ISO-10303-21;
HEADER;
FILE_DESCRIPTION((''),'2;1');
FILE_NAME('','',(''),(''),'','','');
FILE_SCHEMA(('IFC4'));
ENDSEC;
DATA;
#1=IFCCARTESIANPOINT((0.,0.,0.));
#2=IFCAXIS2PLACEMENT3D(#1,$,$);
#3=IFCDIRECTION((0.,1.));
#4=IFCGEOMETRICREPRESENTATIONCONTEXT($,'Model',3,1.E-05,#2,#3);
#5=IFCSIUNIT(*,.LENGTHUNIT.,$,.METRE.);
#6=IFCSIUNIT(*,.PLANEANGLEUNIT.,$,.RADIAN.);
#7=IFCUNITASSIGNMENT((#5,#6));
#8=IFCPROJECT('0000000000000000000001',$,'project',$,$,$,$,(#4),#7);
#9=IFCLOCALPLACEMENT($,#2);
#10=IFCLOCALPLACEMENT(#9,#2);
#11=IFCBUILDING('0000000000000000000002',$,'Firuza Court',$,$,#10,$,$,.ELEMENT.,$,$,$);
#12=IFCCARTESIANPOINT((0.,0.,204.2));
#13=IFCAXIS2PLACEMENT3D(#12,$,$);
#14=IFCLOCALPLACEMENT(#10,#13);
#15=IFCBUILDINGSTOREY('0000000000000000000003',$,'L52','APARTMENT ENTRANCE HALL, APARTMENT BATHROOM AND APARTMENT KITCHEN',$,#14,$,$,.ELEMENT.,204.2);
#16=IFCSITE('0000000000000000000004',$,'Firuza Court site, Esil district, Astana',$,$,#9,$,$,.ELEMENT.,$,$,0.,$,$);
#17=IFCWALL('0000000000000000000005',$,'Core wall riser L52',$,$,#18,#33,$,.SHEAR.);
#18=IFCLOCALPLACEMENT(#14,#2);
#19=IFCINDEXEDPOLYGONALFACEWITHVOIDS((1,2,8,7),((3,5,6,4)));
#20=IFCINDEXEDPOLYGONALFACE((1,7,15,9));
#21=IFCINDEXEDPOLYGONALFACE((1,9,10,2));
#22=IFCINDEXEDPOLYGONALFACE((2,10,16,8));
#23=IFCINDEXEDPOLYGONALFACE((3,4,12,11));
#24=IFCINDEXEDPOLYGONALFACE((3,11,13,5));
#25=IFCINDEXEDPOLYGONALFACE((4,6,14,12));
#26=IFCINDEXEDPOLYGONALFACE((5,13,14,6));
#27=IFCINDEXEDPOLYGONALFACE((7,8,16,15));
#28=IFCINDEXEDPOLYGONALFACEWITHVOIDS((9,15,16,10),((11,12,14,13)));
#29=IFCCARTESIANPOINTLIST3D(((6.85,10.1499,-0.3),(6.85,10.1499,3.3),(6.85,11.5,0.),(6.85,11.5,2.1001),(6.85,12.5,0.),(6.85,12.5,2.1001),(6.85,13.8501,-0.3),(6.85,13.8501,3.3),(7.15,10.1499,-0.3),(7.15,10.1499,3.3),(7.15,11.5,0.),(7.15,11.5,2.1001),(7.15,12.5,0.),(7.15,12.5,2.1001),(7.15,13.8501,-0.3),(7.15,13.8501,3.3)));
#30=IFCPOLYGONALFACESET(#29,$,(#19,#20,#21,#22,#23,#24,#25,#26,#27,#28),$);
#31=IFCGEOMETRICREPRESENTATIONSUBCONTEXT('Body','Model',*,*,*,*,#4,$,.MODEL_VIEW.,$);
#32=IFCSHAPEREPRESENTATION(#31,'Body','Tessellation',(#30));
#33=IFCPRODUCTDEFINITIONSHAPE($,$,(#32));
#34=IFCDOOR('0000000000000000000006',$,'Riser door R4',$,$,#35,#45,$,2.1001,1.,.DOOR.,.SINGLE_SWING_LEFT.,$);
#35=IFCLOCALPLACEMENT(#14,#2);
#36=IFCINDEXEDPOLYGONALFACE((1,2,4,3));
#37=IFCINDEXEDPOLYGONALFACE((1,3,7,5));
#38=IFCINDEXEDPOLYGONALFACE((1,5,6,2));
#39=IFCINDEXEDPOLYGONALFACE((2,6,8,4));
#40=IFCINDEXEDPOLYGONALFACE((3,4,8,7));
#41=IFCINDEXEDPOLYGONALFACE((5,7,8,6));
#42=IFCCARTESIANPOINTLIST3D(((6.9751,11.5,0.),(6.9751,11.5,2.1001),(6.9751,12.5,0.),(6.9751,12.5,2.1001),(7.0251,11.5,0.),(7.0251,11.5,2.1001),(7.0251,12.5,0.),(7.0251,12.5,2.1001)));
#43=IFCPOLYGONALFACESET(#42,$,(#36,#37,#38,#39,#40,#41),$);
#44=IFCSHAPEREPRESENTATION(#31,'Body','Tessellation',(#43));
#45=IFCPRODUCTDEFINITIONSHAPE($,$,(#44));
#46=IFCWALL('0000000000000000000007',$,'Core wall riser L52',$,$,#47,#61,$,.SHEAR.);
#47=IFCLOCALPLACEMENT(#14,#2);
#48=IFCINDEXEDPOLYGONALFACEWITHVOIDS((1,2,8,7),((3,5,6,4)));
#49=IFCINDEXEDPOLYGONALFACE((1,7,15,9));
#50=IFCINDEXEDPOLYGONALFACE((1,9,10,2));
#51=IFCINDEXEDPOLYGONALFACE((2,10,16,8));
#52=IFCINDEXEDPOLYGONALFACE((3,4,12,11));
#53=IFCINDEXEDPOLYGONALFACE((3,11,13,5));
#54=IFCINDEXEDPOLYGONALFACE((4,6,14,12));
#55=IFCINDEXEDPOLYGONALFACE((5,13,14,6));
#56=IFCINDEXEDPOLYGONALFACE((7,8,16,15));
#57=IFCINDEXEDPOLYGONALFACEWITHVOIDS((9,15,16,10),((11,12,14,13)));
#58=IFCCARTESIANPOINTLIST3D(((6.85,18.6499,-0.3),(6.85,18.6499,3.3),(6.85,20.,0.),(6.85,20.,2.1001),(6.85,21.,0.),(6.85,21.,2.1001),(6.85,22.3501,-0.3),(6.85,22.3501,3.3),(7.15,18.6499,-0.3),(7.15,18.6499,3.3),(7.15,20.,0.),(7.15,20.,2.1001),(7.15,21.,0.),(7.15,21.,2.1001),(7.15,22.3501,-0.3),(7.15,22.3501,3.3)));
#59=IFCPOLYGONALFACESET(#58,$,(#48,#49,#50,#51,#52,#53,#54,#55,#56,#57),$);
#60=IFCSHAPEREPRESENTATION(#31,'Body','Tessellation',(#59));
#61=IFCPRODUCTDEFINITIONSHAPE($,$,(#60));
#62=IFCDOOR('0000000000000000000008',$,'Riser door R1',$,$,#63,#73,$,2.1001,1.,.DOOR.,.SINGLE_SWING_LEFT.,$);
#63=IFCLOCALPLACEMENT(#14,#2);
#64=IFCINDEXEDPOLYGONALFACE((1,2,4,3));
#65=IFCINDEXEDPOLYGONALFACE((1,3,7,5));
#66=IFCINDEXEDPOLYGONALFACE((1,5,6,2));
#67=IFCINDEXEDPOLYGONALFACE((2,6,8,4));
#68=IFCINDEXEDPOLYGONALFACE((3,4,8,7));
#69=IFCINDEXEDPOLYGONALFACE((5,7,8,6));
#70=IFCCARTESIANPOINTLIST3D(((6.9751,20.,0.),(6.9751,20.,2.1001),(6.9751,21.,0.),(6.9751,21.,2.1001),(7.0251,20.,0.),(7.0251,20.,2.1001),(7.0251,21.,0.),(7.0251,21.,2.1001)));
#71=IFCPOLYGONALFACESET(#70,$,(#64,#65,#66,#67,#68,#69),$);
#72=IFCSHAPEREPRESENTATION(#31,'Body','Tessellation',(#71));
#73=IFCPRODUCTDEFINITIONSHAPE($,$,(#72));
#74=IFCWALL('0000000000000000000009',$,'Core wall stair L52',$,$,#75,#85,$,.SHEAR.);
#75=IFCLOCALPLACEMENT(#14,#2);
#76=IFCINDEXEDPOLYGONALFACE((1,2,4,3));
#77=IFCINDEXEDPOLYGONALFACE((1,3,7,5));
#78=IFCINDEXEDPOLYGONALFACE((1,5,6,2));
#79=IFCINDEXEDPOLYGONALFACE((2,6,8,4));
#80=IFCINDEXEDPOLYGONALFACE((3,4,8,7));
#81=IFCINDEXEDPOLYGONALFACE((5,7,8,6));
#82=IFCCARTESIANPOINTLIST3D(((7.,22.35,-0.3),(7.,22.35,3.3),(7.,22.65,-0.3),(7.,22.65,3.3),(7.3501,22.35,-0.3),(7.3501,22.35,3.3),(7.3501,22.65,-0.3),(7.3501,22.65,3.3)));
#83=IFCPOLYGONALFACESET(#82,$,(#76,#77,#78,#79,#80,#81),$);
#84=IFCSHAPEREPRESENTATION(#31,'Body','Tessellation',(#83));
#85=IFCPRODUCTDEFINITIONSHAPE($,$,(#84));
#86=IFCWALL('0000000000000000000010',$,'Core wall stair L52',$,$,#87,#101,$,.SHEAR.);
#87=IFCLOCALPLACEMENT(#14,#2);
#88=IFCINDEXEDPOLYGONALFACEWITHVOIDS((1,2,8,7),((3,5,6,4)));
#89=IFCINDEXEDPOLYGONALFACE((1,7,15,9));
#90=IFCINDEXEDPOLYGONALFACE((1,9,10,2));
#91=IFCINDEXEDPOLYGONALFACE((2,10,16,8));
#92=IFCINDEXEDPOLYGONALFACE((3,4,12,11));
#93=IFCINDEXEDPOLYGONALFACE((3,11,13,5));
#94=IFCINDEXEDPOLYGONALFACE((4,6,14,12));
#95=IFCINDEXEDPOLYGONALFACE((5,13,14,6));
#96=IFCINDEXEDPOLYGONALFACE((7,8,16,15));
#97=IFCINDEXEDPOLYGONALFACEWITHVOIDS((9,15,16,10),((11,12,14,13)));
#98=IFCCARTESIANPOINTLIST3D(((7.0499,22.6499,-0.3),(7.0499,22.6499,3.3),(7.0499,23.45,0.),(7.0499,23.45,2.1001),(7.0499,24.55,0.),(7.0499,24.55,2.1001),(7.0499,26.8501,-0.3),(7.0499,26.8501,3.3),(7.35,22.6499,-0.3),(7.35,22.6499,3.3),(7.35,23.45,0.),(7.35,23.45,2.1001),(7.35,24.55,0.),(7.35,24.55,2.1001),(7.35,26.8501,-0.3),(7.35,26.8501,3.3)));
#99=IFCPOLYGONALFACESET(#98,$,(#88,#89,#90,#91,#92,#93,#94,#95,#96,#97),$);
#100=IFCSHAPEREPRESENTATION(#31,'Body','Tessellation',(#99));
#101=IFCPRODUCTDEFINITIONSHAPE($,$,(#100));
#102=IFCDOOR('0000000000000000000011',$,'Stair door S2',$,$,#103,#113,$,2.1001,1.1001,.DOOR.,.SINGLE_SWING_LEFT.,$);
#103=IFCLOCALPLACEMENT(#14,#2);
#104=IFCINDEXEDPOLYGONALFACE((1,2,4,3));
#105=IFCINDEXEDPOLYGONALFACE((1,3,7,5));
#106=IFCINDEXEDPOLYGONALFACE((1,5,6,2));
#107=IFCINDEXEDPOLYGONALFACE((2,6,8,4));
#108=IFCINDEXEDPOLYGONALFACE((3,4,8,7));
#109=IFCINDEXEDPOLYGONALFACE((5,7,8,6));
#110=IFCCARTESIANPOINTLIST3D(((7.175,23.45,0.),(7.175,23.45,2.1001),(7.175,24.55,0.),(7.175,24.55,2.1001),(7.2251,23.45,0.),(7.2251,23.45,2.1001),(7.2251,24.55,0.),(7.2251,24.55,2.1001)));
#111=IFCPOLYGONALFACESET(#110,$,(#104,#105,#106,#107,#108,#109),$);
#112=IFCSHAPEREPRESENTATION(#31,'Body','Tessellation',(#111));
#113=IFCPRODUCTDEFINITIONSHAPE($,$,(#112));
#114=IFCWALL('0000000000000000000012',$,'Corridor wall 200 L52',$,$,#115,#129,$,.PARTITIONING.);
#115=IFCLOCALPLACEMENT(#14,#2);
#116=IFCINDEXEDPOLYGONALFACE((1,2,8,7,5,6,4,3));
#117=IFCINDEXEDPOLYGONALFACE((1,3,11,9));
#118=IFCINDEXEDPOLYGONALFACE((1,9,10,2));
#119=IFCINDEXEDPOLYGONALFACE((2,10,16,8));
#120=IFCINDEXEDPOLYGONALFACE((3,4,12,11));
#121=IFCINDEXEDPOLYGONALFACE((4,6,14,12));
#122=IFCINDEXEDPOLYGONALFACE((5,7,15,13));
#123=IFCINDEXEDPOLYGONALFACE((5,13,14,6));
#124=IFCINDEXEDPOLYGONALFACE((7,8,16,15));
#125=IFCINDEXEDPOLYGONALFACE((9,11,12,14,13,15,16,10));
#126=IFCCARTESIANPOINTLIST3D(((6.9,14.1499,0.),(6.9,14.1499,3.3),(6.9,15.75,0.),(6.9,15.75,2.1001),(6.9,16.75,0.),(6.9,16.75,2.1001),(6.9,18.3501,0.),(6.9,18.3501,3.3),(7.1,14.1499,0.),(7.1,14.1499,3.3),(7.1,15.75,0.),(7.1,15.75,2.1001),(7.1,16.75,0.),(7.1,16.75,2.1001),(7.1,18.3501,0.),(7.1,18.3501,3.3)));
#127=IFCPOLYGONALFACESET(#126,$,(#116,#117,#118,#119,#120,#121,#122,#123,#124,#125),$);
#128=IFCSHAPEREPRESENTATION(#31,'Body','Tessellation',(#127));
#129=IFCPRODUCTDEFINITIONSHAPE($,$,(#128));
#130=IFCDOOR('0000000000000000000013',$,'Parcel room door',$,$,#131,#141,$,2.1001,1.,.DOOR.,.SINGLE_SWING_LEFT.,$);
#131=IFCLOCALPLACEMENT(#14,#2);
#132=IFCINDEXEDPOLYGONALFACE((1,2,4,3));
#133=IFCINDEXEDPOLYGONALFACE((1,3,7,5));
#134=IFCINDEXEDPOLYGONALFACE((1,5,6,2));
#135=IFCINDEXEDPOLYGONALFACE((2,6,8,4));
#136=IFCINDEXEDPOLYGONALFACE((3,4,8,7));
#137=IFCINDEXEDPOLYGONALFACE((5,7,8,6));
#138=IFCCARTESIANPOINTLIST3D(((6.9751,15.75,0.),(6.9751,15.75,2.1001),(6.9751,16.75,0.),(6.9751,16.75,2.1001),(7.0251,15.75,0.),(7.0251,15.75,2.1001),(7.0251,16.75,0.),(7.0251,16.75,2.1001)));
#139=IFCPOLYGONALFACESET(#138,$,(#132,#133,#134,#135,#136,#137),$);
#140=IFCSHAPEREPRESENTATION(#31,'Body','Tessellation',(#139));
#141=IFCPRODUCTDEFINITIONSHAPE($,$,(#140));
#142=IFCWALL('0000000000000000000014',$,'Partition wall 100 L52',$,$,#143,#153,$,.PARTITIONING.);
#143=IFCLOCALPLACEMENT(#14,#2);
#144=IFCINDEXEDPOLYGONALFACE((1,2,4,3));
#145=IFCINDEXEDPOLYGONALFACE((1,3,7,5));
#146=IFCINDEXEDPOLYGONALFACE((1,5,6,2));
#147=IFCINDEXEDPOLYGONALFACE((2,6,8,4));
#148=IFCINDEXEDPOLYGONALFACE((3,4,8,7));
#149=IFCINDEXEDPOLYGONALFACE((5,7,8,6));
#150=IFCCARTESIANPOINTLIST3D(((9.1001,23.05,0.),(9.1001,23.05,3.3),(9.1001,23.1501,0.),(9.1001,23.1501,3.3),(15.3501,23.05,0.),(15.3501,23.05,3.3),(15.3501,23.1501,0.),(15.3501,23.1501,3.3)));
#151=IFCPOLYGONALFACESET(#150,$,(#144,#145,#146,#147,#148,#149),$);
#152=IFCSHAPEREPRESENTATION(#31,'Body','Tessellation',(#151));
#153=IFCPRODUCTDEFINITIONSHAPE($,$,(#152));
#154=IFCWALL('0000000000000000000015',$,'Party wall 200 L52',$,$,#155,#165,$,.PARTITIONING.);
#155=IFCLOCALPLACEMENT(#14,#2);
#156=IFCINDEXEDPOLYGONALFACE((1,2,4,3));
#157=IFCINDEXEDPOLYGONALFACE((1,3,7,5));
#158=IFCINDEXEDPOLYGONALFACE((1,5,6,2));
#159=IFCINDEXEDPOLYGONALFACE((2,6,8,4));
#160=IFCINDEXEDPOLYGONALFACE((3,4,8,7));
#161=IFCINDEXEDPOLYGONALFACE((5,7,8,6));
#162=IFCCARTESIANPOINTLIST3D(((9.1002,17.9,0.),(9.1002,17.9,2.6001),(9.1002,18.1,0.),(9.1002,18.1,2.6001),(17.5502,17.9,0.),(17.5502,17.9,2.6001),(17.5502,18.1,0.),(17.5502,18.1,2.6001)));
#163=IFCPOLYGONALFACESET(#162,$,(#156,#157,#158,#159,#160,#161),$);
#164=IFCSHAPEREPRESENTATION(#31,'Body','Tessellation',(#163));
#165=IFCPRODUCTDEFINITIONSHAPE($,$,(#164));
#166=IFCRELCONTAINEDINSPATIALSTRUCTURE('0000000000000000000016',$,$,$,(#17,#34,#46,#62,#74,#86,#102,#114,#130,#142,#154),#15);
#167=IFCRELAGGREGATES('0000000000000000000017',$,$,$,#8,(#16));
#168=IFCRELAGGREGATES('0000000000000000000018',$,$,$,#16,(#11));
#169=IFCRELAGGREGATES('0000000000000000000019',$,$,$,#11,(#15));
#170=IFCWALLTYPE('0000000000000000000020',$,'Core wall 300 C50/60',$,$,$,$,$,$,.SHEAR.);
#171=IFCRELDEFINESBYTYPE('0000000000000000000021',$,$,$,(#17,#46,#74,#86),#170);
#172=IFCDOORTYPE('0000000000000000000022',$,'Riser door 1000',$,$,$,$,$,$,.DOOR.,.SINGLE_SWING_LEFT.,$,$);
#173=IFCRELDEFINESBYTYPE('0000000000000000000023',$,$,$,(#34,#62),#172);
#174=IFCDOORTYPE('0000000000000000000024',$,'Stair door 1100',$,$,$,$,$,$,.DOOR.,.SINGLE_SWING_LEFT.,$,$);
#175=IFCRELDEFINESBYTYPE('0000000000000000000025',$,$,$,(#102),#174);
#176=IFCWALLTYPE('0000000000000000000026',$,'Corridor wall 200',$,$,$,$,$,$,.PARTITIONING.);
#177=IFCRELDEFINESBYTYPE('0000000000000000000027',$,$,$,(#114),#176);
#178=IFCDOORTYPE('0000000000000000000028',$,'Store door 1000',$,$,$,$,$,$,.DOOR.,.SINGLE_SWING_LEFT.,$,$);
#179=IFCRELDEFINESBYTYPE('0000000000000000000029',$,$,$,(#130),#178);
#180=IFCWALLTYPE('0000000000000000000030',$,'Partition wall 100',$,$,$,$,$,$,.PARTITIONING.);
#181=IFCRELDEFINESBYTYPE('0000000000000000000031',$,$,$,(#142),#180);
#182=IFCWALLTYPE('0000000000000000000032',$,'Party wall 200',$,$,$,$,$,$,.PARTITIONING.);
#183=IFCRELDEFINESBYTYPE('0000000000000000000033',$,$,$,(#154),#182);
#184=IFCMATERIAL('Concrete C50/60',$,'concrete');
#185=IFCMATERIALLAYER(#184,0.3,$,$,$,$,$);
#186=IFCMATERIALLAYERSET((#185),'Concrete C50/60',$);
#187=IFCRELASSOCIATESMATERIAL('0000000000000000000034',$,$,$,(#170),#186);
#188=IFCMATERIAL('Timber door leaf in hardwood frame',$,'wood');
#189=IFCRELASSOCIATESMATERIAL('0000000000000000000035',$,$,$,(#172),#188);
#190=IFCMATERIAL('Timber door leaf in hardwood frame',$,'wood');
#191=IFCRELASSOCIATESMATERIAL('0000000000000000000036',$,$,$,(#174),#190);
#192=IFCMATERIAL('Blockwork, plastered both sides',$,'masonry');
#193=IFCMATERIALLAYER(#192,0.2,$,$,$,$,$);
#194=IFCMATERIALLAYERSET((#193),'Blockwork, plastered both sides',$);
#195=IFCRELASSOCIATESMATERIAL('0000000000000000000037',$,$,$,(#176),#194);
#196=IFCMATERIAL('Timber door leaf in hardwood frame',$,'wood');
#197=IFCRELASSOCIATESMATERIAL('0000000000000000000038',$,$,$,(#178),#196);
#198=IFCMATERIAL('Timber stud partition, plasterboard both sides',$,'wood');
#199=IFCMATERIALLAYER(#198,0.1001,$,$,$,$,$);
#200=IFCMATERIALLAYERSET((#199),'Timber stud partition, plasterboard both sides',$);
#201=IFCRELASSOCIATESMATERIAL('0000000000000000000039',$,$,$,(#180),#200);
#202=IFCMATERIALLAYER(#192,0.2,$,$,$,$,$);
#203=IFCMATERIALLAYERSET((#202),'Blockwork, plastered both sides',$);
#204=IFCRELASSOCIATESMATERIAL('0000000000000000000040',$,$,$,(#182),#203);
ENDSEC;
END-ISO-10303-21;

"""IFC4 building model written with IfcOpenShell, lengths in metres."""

from ifc_helpers import new_model, si_unit, direction, frame, frame_2d, origin, place, context, subcontext, project, spatial, rectangle, extrude, material, layer, layer_set, type_object, element, fill, save


model = new_model("IFC4")

# Units and contexts
model_context = context("Model", 3, precision=1e-05, world=origin(), true_north=direction((0.0, 1.0)))
body_context = subcontext(model_context, "Body", "Model", "MODEL_VIEW")
ifc_project = project(units=[si_unit("LENGTHUNIT", "METRE"), si_unit("PLANEANGLEUNIT", "RADIAN")], contexts=[model_context])

# Site, building, storey
site_placement = place(None, origin())
site = spatial("IfcSite", under=ifc_project, at=site_placement, Name="Firuza Court site, Esil district, Astana", CompositionType="ELEMENT", RefElevation=0.0)
building_placement = place(site_placement, origin())
building = spatial("IfcBuilding", under=site, at=building_placement, Name="Firuza Court", CompositionType="ELEMENT")
storey_placement = place(building_placement, frame((0.0, 0.0, 204.2)))
storey = spatial("IfcBuildingStorey", under=building, at=storey_placement, Name="L52", Description="APARTMENT ENTRANCE HALL, APARTMENT BATHROOM AND APARTMENT KITCHEN", CompositionType="ELEMENT", Elevation=204.2)

# Shared definitions
ifc_material_1 = material(Name="Concrete C50/60", Category="concrete")
ifc_layer_1 = layer(ifc_material_1, 0.3)
ifc_layer_set_1 = layer_set([ifc_layer_1], Name="Concrete C50/60")
wall_type_1 = type_object("IfcWallType", Name="Core wall 300 C50/60", PredefinedType="SHEAR", material=ifc_layer_set_1)

# Walls, openings, doors
wall_1_placement = place(storey_placement, frame((7.0, 10.1499, -0.3), z_axis=(0.0, 0.0, 1.0), x_axis=(0.0, 1.0, 0.0)))
wall_1 = element("IfcWall", 1, at=wall_1_placement, inside=storey, type_object=wall_type_1, Name="Core wall riser L52", PredefinedType="SHEAR", context=body_context, shape_type="SweptSolid", body=[
    extrude(rectangle(XDim=3.7002, YDim=0.3, at=frame_2d((1.8501, 0.0))), origin(), (0.0, 0.0, 1.0), 3.6001),
])
opening_1_placement = place(wall_1_placement, frame((1.3501, 0.0, 0.3)))
opening_1 = element("IfcOpeningElement", 2, at=opening_1_placement, cuts=wall_1, PredefinedType="OPENING", context=body_context, shape_type="SweptSolid", body=[
    extrude(rectangle(XDim=1.0, YDim=2.1001, at=frame_2d((0.5, 1.05))), frame((0.0, 0.1621, 0.0), z_axis=(0.0, -1.0, 0.0), x_axis=(1.0, 0.0, 0.0)), (0.0, 0.0, 1.0), 0.324),
])
ifc_material_2 = material(Name="Timber door leaf in hardwood frame", Category="wood")
door_type_1 = type_object("IfcDoorType", Name="Riser door 1000", OperationType="SINGLE_SWING_LEFT", PredefinedType="DOOR", material=ifc_material_2)
door_1_placement = place(opening_1_placement, origin())
door_1 = element("IfcDoor", 3, at=door_1_placement, inside=storey, type_object=door_type_1, Name="Riser door R4", OperationType="SINGLE_SWING_LEFT", OverallHeight=2.1001, OverallWidth=1.0, PredefinedType="DOOR", context=body_context, shape_type="SweptSolid", body=[
    extrude(rectangle(XDim=1.0, YDim=2.1001, at=frame_2d((0.5, 1.05))), frame((0.0, 0.0249, 0.0), z_axis=(0.0, -1.0, 0.0), x_axis=(1.0, 0.0, 0.0)), (0.0, 0.0, 1.0), 0.05),
])
fill(opening_1, door_1)
wall_2_placement = place(storey_placement, frame((7.0, 18.6499, -0.3), z_axis=(0.0, 0.0, 1.0), x_axis=(0.0, 1.0, 0.0)))
wall_2 = element("IfcWall", 4, at=wall_2_placement, inside=storey, type_object=wall_type_1, Name="Core wall riser L52", PredefinedType="SHEAR", context=body_context, shape_type="SweptSolid", body=[
    extrude(rectangle(XDim=3.7002, YDim=0.3, at=frame_2d((1.8501, 0.0))), origin(), (0.0, 0.0, 1.0), 3.6001),
])
opening_2_placement = place(wall_2_placement, frame((1.3501, 0.0, 0.3)))
opening_2 = element("IfcOpeningElement", 5, at=opening_2_placement, cuts=wall_2, PredefinedType="OPENING", context=body_context, shape_type="SweptSolid", body=[
    extrude(rectangle(XDim=1.0, YDim=2.1001, at=frame_2d((0.5, 1.05))), frame((0.0, 0.1621, 0.0), z_axis=(0.0, -1.0, 0.0), x_axis=(1.0, 0.0, 0.0)), (0.0, 0.0, 1.0), 0.324),
])
door_2_placement = place(opening_2_placement, origin())
door_2 = element("IfcDoor", 6, at=door_2_placement, inside=storey, type_object=door_type_1, Name="Riser door R1", OperationType="SINGLE_SWING_LEFT", OverallHeight=2.1001, OverallWidth=1.0, PredefinedType="DOOR", context=body_context, shape_type="SweptSolid", body=[
    extrude(rectangle(XDim=1.0, YDim=2.1001, at=frame_2d((0.5, 1.05))), frame((0.0, 0.0249, 0.0), z_axis=(0.0, -1.0, 0.0), x_axis=(1.0, 0.0, 0.0)), (0.0, 0.0, 1.0), 0.05),
])
fill(opening_2, door_2)

# Wall
wall_3_placement = place(storey_placement, frame((7.0, 22.5, -0.3), z_axis=(0.0, 0.0, 1.0), x_axis=(1.0, 0.0, 0.0)))
element("IfcWall", 7, at=wall_3_placement, inside=storey, type_object=wall_type_1, Name="Core wall stair L52", PredefinedType="SHEAR", context=body_context, shape_type="SweptSolid", body=[
    extrude(rectangle(XDim=0.3501, YDim=0.3, at=frame_2d((0.175, 0.0))), origin(), (0.0, 0.0, 1.0), 3.6001),
])

# Walls, openings, doors
wall_4_placement = place(storey_placement, frame((7.2, 22.6499, -0.3), z_axis=(0.0, 0.0, 1.0), x_axis=(0.0, 1.0, 0.0)))
wall_4 = element("IfcWall", 8, at=wall_4_placement, inside=storey, type_object=wall_type_1, Name="Core wall stair L52", PredefinedType="SHEAR", context=body_context, shape_type="SweptSolid", body=[
    extrude(rectangle(XDim=4.2002, YDim=0.3, at=frame_2d((2.1001, 0.0))), origin(), (0.0, 0.0, 1.0), 3.6001),
])
opening_3_placement = place(wall_4_placement, frame((0.8, 0.0, 0.3)))
opening_3 = element("IfcOpeningElement", 9, at=opening_3_placement, cuts=wall_4, PredefinedType="OPENING", context=body_context, shape_type="SweptSolid", body=[
    extrude(rectangle(XDim=1.1001, YDim=2.1001, at=frame_2d((0.55, 1.05))), frame((0.0, 0.1621, 0.0), z_axis=(0.0, -1.0, 0.0), x_axis=(1.0, 0.0, 0.0)), (0.0, 0.0, 1.0), 0.324),
])
ifc_material_3 = material(Name="Timber door leaf in hardwood frame", Category="wood")
door_type_2 = type_object("IfcDoorType", Name="Stair door 1100", OperationType="SINGLE_SWING_LEFT", PredefinedType="DOOR", material=ifc_material_3)
door_3_placement = place(opening_3_placement, origin())
door_3 = element("IfcDoor", 10, at=door_3_placement, inside=storey, type_object=door_type_2, Name="Stair door S2", OperationType="SINGLE_SWING_LEFT", OverallHeight=2.1001, OverallWidth=1.1001, PredefinedType="DOOR", context=body_context, shape_type="SweptSolid", body=[
    extrude(rectangle(XDim=1.1001, YDim=2.1001, at=frame_2d((0.55, 1.05))), frame((0.0, 0.0249, 0.0), z_axis=(0.0, -1.0, 0.0), x_axis=(1.0, 0.0, 0.0)), (0.0, 0.0, 1.0), 0.05),
])
fill(opening_3, door_3)
ifc_material_4 = material(Name="Blockwork, plastered both sides", Category="masonry")
ifc_layer_2 = layer(ifc_material_4, 0.2)
ifc_layer_set_2 = layer_set([ifc_layer_2], Name="Blockwork, plastered both sides")
wall_type_2 = type_object("IfcWallType", Name="Corridor wall 200", PredefinedType="PARTITIONING", material=ifc_layer_set_2)
wall_5_placement = place(storey_placement, frame((7.0, 14.1499, 0.0), z_axis=(0.0, 0.0, 1.0), x_axis=(0.0, 1.0, 0.0)))
wall_5 = element("IfcWall", 11, at=wall_5_placement, inside=storey, type_object=wall_type_2, Name="Corridor wall 200 L52", PredefinedType="PARTITIONING", context=body_context, shape_type="SweptSolid", body=[
    extrude(rectangle(XDim=4.2002, YDim=0.2, at=frame_2d((2.1001, 0.0))), origin(), (0.0, 0.0, 1.0), 3.3),
])
opening_4_placement = place(wall_5_placement, frame((1.6001, 0.0, 0.0)))
opening_4 = element("IfcOpeningElement", 12, at=opening_4_placement, cuts=wall_5, PredefinedType="OPENING", context=body_context, shape_type="SweptSolid", body=[
    extrude(rectangle(XDim=1.0, YDim=2.1001, at=frame_2d((0.5, 1.05))), frame((0.0, 0.1118, 0.0), z_axis=(0.0, -1.0, 0.0), x_axis=(1.0, 0.0, 0.0)), (0.0, 0.0, 1.0), 0.2239),
])
ifc_material_5 = material(Name="Timber door leaf in hardwood frame", Category="wood")
door_type_3 = type_object("IfcDoorType", Name="Store door 1000", OperationType="SINGLE_SWING_LEFT", PredefinedType="DOOR", material=ifc_material_5)
door_4_placement = place(opening_4_placement, origin())
door_4 = element("IfcDoor", 13, at=door_4_placement, inside=storey, type_object=door_type_3, Name="Parcel room door", OperationType="SINGLE_SWING_LEFT", OverallHeight=2.1001, OverallWidth=1.0, PredefinedType="DOOR", context=body_context, shape_type="SweptSolid", body=[
    extrude(rectangle(XDim=1.0, YDim=2.1001, at=frame_2d((0.5, 1.05))), frame((0.0, 0.0249, 0.0), z_axis=(0.0, -1.0, 0.0), x_axis=(1.0, 0.0, 0.0)), (0.0, 0.0, 1.0), 0.05),
])
fill(opening_4, door_4)

# Walls
ifc_material_6 = material(Name="Timber stud partition, plasterboard both sides", Category="wood")
ifc_layer_3 = layer(ifc_material_6, 0.1001)
ifc_layer_set_3 = layer_set([ifc_layer_3], Name="Timber stud partition, plasterboard both sides")
wall_type_3 = type_object("IfcWallType", Name="Partition wall 100", PredefinedType="PARTITIONING", material=ifc_layer_set_3)
wall_6_placement = place(storey_placement, frame((9.1001, 23.1001, 0.0), z_axis=(0.0, 0.0, 1.0), x_axis=(1.0, 0.0, 0.0)))
element("IfcWall", 14, at=wall_6_placement, inside=storey, type_object=wall_type_3, Name="Partition wall 100 L52", PredefinedType="PARTITIONING", context=body_context, shape_type="SweptSolid", body=[
    extrude(rectangle(XDim=6.25, YDim=0.1001, at=frame_2d((3.125, 0.0))), origin(), (0.0, 0.0, 1.0), 3.3),
])
ifc_layer_4 = layer(ifc_material_4, 0.2)
ifc_layer_set_4 = layer_set([ifc_layer_4], Name="Blockwork, plastered both sides")
wall_type_4 = type_object("IfcWallType", Name="Party wall 200", PredefinedType="PARTITIONING", material=ifc_layer_set_4)
wall_7_placement = place(storey_placement, frame((9.1001, 18.0, 0.0), z_axis=(0.0, 0.0, 1.0), x_axis=(1.0, 0.0, 0.0)))
element("IfcWall", 15, at=wall_7_placement, inside=storey, type_object=wall_type_4, Name="Party wall 200 L52", PredefinedType="PARTITIONING", context=body_context, shape_type="SweptSolid", body=[
    extrude(rectangle(XDim=8.45, YDim=0.2, at=frame_2d((4.2251, 0.0))), origin(), (0.0, 0.0, 1.0), 2.6001),
])

save(model, "model.ifc")
